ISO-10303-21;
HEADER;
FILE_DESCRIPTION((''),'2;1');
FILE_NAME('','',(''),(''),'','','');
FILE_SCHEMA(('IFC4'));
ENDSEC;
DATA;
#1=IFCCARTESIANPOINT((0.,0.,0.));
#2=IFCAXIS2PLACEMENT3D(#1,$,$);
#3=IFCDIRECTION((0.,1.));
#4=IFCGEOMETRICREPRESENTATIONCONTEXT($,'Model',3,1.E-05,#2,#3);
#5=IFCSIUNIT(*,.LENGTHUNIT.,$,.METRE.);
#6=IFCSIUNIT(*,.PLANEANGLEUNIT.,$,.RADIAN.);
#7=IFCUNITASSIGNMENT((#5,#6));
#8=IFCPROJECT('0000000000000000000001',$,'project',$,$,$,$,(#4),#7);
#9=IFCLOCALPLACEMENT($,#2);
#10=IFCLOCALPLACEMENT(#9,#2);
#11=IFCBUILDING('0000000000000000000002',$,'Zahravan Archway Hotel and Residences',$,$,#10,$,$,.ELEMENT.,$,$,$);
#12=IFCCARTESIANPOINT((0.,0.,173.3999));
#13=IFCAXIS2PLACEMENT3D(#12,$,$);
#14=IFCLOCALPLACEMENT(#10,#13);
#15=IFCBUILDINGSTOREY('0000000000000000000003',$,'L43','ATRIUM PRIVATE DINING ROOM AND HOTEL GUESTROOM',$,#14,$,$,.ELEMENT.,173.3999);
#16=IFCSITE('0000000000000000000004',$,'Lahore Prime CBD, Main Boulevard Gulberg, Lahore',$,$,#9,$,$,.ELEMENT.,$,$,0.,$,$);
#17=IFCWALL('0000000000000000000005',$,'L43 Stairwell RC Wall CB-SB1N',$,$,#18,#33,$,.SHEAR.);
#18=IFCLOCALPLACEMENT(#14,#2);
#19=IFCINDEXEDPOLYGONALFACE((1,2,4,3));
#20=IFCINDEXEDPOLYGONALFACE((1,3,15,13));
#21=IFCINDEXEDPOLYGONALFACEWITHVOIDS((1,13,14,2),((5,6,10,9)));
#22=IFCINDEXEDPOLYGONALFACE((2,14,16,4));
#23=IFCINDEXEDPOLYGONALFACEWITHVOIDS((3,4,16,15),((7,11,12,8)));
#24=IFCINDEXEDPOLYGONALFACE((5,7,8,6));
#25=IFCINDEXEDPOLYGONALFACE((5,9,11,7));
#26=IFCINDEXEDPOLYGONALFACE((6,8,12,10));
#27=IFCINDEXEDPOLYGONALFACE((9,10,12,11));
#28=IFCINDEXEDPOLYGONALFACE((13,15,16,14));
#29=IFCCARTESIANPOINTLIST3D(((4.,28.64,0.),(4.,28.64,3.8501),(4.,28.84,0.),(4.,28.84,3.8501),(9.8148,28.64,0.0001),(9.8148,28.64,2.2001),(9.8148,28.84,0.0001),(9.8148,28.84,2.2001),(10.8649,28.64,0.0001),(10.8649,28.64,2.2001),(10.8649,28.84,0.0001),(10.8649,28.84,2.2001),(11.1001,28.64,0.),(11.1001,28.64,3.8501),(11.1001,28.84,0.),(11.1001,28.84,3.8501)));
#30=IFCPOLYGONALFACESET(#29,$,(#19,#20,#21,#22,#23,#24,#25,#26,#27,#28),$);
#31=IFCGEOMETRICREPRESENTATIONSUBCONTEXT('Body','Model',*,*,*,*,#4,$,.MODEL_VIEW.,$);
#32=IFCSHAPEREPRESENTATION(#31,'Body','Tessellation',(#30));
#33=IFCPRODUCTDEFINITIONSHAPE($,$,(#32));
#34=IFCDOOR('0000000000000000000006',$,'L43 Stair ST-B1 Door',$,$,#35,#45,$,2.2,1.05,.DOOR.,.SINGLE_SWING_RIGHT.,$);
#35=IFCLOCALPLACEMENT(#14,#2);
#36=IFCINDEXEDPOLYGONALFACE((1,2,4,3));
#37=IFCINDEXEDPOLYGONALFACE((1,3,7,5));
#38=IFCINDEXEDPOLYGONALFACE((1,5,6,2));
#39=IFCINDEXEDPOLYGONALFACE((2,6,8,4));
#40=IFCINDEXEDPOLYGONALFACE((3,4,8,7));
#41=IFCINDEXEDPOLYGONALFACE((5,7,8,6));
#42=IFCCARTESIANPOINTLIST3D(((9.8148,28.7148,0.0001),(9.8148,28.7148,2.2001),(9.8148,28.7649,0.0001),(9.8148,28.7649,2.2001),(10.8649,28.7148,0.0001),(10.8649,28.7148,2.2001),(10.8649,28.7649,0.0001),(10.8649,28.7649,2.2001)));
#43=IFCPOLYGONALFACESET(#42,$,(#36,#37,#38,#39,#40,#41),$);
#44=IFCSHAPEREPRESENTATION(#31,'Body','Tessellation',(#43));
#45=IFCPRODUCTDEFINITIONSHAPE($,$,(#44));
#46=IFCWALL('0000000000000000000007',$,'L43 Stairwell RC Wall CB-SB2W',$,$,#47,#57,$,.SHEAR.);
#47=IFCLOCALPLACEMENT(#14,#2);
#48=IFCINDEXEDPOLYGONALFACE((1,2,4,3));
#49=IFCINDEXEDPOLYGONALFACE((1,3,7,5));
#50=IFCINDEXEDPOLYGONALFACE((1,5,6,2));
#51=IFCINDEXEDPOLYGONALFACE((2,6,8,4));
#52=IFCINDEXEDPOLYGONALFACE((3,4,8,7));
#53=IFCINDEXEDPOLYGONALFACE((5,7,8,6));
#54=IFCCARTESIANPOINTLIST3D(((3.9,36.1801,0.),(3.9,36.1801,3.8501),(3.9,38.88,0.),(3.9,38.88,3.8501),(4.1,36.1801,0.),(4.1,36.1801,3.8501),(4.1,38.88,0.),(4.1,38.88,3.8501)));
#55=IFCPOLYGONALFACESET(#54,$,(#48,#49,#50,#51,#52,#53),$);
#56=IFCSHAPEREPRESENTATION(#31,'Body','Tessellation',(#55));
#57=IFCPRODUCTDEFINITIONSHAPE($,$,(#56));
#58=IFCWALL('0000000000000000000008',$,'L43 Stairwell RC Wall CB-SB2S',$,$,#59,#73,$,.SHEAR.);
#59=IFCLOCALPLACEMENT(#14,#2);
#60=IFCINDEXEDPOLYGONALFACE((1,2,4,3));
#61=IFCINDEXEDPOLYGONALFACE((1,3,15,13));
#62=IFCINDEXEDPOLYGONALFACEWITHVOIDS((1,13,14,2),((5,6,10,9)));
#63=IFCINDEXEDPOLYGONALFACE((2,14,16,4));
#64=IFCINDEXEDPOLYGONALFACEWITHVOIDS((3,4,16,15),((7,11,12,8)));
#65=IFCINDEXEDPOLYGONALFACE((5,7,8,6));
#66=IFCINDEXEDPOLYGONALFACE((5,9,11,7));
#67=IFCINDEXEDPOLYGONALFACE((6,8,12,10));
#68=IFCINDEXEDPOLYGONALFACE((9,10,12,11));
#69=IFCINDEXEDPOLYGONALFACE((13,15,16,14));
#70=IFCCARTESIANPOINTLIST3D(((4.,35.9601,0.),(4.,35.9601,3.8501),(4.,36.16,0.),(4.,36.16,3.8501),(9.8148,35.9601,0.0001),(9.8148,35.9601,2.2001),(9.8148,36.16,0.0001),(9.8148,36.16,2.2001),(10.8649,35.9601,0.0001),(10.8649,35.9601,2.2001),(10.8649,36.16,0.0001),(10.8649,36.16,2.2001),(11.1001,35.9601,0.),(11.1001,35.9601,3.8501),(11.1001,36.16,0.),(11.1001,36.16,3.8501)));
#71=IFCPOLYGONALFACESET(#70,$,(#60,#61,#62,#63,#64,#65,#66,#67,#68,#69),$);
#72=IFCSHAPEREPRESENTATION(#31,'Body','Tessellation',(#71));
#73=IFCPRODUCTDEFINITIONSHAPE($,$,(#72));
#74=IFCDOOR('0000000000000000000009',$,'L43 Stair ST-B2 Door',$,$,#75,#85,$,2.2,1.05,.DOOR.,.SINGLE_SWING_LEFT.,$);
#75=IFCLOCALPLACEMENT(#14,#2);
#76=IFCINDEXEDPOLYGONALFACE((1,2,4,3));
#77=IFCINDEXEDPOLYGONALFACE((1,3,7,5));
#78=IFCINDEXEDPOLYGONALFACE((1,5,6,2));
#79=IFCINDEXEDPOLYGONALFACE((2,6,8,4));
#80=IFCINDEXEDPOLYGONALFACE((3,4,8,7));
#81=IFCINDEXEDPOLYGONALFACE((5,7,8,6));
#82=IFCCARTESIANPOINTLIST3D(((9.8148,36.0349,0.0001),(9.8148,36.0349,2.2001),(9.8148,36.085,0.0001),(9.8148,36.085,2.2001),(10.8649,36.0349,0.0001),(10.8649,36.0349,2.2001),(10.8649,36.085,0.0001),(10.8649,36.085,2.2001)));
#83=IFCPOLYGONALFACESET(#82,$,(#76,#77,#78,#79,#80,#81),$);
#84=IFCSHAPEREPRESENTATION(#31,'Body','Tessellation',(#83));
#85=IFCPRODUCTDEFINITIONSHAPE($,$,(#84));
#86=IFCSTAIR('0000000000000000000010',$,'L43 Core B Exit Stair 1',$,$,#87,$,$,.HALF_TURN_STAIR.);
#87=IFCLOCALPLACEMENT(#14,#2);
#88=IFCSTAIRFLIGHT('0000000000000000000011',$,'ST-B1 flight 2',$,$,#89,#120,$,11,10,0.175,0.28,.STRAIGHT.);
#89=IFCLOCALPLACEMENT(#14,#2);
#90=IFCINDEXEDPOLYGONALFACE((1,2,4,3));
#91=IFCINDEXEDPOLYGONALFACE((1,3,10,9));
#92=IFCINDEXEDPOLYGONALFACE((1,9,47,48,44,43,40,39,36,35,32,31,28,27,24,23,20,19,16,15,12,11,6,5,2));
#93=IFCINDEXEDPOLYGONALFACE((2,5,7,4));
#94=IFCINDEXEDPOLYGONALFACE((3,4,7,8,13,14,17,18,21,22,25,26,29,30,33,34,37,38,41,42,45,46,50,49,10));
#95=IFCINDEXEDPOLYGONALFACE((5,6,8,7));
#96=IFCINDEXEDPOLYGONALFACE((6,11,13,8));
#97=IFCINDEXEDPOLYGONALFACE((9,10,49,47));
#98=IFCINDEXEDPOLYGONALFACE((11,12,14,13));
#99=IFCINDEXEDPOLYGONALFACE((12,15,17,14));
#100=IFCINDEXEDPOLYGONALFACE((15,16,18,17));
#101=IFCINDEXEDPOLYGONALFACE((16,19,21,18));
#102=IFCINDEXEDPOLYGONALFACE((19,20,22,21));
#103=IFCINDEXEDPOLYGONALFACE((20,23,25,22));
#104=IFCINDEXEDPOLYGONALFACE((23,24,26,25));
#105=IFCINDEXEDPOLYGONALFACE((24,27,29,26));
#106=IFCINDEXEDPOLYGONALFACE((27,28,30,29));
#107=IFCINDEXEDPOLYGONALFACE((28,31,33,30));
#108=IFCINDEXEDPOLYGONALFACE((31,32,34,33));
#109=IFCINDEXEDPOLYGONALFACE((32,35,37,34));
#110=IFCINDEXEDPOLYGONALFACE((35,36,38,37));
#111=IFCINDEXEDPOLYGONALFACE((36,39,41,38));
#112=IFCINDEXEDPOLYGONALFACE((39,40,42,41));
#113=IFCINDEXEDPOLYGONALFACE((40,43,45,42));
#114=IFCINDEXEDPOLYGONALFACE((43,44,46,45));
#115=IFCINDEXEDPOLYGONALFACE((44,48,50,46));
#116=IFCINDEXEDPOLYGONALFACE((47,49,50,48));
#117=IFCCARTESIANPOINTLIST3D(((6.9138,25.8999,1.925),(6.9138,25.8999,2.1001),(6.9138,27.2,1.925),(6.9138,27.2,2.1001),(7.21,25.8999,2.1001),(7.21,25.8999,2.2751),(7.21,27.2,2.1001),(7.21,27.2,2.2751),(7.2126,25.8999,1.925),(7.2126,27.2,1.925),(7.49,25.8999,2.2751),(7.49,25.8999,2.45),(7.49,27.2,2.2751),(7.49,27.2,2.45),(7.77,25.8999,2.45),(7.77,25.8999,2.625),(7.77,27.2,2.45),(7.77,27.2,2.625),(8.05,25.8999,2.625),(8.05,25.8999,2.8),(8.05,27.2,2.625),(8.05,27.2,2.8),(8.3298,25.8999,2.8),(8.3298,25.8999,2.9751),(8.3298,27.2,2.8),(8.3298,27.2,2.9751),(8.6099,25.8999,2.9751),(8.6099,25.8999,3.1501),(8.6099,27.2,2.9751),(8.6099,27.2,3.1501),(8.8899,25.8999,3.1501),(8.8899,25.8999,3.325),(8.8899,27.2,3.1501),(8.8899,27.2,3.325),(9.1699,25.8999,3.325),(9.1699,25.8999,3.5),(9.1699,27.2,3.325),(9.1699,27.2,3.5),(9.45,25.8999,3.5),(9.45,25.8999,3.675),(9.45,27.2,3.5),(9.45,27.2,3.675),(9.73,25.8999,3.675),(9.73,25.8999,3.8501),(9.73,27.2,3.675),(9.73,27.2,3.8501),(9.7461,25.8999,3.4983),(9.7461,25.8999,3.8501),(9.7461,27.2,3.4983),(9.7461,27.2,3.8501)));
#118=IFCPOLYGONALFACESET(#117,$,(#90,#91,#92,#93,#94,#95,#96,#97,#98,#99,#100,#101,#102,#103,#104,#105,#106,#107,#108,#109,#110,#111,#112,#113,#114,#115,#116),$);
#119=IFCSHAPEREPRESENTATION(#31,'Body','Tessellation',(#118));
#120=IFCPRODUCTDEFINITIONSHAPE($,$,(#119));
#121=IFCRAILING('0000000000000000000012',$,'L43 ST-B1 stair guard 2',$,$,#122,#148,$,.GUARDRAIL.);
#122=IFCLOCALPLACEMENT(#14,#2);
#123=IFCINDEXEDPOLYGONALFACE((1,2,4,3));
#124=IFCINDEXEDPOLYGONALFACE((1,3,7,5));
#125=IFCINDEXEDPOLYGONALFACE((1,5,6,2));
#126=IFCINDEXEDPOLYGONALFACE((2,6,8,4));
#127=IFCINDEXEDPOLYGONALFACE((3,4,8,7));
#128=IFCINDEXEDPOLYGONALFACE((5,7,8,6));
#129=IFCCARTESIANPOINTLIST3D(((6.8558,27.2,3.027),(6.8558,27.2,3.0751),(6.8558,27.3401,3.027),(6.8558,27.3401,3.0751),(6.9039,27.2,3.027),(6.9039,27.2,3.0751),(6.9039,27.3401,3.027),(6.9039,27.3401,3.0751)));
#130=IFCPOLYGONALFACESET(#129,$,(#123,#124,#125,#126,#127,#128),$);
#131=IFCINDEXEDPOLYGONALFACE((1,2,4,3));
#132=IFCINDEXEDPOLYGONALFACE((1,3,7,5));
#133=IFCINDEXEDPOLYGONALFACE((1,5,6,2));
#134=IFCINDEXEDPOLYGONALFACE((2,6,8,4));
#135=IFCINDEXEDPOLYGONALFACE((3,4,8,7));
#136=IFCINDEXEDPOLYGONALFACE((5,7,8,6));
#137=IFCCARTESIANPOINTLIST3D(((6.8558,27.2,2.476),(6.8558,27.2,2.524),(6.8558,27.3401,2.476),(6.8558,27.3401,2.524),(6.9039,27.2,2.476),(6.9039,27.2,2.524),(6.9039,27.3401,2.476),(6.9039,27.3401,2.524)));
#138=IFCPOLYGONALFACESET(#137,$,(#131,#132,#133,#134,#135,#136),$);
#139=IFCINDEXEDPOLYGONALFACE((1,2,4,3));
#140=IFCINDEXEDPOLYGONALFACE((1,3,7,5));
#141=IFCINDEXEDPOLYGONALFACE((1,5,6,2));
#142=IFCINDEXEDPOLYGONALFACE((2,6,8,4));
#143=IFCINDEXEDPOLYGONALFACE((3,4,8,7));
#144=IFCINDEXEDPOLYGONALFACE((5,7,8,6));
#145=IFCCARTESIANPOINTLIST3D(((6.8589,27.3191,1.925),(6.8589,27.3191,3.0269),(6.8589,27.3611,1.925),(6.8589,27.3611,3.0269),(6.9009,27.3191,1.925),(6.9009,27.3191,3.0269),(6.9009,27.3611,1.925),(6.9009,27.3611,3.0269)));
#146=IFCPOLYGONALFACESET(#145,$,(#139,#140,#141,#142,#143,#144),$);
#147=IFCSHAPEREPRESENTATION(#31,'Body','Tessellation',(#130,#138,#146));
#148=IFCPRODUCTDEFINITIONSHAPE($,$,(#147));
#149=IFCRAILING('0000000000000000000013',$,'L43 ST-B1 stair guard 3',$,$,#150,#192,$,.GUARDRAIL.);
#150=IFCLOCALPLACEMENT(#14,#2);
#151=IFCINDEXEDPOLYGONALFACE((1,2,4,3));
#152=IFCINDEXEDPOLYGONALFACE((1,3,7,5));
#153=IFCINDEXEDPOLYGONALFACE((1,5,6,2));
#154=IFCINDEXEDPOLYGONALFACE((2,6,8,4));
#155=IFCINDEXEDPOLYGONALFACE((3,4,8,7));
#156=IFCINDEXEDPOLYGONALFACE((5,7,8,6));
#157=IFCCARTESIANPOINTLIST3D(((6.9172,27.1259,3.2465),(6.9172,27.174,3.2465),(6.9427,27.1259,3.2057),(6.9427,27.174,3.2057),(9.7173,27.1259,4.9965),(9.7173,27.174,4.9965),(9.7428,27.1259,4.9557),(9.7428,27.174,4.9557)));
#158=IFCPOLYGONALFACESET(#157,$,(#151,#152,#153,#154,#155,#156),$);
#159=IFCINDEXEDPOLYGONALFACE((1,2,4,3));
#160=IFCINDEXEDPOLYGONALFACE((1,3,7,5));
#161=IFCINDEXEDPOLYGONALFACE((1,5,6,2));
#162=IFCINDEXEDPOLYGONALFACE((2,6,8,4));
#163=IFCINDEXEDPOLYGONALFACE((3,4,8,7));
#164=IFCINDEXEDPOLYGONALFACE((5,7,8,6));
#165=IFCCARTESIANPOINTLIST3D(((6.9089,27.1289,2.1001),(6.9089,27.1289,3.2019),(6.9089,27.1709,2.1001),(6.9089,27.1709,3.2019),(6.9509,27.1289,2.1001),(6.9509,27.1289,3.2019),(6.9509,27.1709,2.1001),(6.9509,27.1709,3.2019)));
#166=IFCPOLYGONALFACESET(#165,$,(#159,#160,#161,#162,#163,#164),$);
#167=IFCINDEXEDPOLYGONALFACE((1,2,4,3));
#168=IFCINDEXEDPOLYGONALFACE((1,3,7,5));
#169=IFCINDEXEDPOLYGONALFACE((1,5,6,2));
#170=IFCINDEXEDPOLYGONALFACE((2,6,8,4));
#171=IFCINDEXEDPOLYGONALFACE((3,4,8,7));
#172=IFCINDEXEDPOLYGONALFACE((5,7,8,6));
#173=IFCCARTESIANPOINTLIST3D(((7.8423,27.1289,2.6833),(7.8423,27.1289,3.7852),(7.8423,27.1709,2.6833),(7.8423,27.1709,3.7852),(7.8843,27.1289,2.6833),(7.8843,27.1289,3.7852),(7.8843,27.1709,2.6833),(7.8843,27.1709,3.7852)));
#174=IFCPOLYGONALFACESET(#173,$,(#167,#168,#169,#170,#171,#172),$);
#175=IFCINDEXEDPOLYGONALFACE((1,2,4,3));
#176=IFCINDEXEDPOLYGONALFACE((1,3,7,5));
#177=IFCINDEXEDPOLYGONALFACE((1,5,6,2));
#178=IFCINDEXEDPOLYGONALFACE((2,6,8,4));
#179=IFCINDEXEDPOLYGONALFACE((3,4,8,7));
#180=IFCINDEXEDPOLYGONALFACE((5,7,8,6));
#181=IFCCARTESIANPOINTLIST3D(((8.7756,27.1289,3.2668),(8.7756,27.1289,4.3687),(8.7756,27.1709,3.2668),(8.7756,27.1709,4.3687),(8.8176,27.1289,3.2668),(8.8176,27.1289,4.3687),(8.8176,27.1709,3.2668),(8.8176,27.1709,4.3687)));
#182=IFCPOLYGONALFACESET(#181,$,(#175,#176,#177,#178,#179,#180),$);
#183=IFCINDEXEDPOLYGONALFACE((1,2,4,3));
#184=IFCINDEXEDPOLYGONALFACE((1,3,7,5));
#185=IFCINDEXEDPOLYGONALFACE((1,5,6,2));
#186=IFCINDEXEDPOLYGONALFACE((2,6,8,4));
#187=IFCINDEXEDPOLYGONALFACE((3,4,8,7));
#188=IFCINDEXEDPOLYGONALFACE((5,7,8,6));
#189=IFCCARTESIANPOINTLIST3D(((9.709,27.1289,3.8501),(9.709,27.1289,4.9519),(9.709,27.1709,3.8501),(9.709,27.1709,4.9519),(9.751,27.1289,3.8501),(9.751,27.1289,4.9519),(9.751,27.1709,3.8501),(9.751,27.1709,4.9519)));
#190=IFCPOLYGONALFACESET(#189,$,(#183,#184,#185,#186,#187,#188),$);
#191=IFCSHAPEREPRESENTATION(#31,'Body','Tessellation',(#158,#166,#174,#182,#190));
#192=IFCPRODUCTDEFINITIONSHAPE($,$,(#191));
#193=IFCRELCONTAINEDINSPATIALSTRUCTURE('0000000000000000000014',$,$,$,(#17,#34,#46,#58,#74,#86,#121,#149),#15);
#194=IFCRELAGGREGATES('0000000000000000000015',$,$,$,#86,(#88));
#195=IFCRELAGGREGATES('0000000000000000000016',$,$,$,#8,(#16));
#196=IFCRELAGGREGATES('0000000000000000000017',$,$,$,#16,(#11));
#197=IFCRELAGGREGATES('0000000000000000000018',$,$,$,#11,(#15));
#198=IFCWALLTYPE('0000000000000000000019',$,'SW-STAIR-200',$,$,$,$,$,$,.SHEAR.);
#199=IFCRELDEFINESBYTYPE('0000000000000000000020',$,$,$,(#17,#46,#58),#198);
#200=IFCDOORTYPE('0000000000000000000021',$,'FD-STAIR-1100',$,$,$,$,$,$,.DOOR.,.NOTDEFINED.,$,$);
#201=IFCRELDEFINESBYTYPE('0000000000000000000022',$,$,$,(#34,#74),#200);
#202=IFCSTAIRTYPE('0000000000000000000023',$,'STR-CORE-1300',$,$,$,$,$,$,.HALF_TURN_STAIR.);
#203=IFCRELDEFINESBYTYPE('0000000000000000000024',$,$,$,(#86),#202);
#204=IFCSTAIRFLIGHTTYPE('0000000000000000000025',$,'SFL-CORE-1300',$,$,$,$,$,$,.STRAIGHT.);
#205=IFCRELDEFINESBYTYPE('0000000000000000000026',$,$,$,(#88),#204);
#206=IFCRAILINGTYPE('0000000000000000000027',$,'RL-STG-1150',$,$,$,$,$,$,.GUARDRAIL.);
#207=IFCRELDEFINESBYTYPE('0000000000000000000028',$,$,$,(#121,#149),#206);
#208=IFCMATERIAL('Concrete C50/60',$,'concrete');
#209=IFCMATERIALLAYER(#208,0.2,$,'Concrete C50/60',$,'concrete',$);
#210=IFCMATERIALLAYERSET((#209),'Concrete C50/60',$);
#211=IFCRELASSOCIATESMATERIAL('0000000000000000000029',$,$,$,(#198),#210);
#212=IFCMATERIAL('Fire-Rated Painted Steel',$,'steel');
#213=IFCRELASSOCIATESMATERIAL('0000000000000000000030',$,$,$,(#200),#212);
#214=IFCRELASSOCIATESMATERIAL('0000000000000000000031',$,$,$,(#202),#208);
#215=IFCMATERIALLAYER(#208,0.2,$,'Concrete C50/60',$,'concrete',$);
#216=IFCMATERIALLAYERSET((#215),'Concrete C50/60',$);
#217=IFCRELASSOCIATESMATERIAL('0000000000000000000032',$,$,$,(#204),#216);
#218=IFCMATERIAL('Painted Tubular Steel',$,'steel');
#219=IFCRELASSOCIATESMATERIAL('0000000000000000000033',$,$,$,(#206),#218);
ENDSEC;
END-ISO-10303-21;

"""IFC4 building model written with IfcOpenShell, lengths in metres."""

from ifc_helpers import new_model, si_unit, direction, frame, frame_2d, origin, origin_2d, place, context, subcontext, project, spatial, polyline, rectangle, outline, extrude, source, transform, mapped, material, layer, layer_set, type_object, type_shapes, element, fill, aggregate, save


model = new_model("IFC4")

# Units and contexts
model_context = context("Model", 3, precision=1e-05, world=origin(), true_north=direction((0.0, 1.0)))
body_context = subcontext(model_context, "Body", "Model", "MODEL_VIEW")
ifc_project = project(units=[si_unit("LENGTHUNIT", "METRE"), si_unit("PLANEANGLEUNIT", "RADIAN")], contexts=[model_context])

# Site, building, storey
site_placement = place(None, origin())
site = spatial("IfcSite", under=ifc_project, at=site_placement, Name="Lahore Prime CBD, Main Boulevard Gulberg, Lahore", CompositionType="ELEMENT", RefElevation=0.0)
building_placement = place(site_placement, origin())
building = spatial("IfcBuilding", under=site, at=building_placement, Name="Zahravan Archway Hotel and Residences", CompositionType="ELEMENT")
storey_placement = place(building_placement, frame((0.0, 0.0, 173.3999)))
storey = spatial("IfcBuildingStorey", under=building, at=storey_placement, Name="L43", Description="ATRIUM PRIVATE DINING ROOM AND HOTEL GUESTROOM", CompositionType="ELEMENT", Elevation=173.3999)

# Shared definitions
ifc_material_1 = material(Name="Fire-Rated Painted Steel", Category="steel")

# Shared definitions
ifc_material_2 = material(Name="Concrete C50/60", Category="concrete")
ifc_layer_1 = layer(ifc_material_2, 0.2, Name="Concrete C50/60", Category="concrete")
ifc_layer_set_1 = layer_set([ifc_layer_1], Name="Concrete C50/60")
wall_type_1 = type_object("IfcWallType", Name="SW-STAIR-200", PredefinedType="SHEAR", material=ifc_layer_set_1)

# Wall, opening, door
wall_1_placement = place(storey_placement, frame((4.0, 28.74, 0.0), z_axis=(0.0, 0.0, 1.0), x_axis=(1.0, 0.0, 0.0)))
wall_1 = element("IfcWall", 1, at=wall_1_placement, inside=storey, type_object=wall_type_1, Name="L43 Stairwell RC Wall CB-SB1N", PredefinedType="SHEAR", context=body_context, shape_type="SweptSolid", body=[
    extrude(rectangle(XDim=7.1001, YDim=0.2, at=frame_2d((3.55, 0.0))), origin(), (0.0, 0.0, 1.0), 3.8501),
])
opening_1_placement = place(wall_1_placement, frame((5.8149, 0.0, 0.0)))
opening_1 = element("IfcOpeningElement", 2, at=opening_1_placement, cuts=wall_1, PredefinedType="OPENING", context=body_context, shape_type="SweptSolid", body=[
    extrude(rectangle(XDim=1.05, YDim=2.2, at=frame_2d((0.5249, 1.1001))), frame((0.0, 0.1099, 0.0), z_axis=(0.0, -1.0, 0.0), x_axis=(1.0, 0.0, 0.0)), (0.0, 0.0, 1.0), 0.22),
])
door_type_1 = type_object("IfcDoorType", Name="FD-STAIR-1100", OperationType="NOTDEFINED", PredefinedType="DOOR", material=ifc_material_1)
shared_shape_1 = source(origin(), body_context, "Body", "SweptSolid", [
    extrude(rectangle(XDim=1.05, YDim=2.2, at=frame_2d((0.5249, 1.1001))), frame((0.0, 0.0249, 0.0), z_axis=(0.0, -1.0, 0.0), x_axis=(1.0, 0.0, 0.0)), (0.0, 0.0, 1.0), 0.05),
])
type_shapes(door_type_1, [shared_shape_1])
door_1_placement = place(opening_1_placement, origin())
door_1 = element("IfcDoor", 3, at=door_1_placement, inside=storey, type_object=door_type_1, Name="L43 Stair ST-B1 Door", OperationType="SINGLE_SWING_RIGHT", OverallHeight=2.2, OverallWidth=1.05, PredefinedType="DOOR", context=body_context, shape_type="MappedRepresentation", body=[
    mapped(shared_shape_1, transform((0.0, 0.0, 0.0), scale=1.0)),
])
fill(opening_1, door_1)

# Wall
wall_2_placement = place(storey_placement, frame((4.0, 36.1799, 0.0), z_axis=(0.0, 0.0, 1.0), x_axis=(0.0, 1.0, 0.0)))
element("IfcWall", 4, at=wall_2_placement, inside=storey, type_object=wall_type_1, Name="L43 Stairwell RC Wall CB-SB2W", PredefinedType="SHEAR", context=body_context, shape_type="SweptSolid", body=[
    extrude(rectangle(XDim=2.7, YDim=0.2, at=frame_2d((1.3501, 0.0))), origin(), (0.0, 0.0, 1.0), 3.8501),
])

# Wall, opening, door
wall_3_placement = place(storey_placement, frame((4.0, 36.0601, 0.0), z_axis=(0.0, 0.0, 1.0), x_axis=(1.0, 0.0, 0.0)))
wall_3 = element("IfcWall", 5, at=wall_3_placement, inside=storey, type_object=wall_type_1, Name="L43 Stairwell RC Wall CB-SB2S", PredefinedType="SHEAR", context=body_context, shape_type="SweptSolid", body=[
    extrude(rectangle(XDim=7.1001, YDim=0.2, at=frame_2d((3.55, 0.0))), origin(), (0.0, 0.0, 1.0), 3.8501),
])
opening_2_placement = place(wall_3_placement, frame((5.8149, 0.0, 0.0)))
opening_2 = element("IfcOpeningElement", 6, at=opening_2_placement, cuts=wall_3, PredefinedType="OPENING", context=body_context, shape_type="SweptSolid", body=[
    extrude(rectangle(XDim=1.05, YDim=2.2, at=frame_2d((0.5249, 1.1001))), frame((0.0, 0.1099, 0.0), z_axis=(0.0, -1.0, 0.0), x_axis=(1.0, 0.0, 0.0)), (0.0, 0.0, 1.0), 0.22),
])
door_2_placement = place(opening_2_placement, origin())
door_2 = element("IfcDoor", 7, at=door_2_placement, inside=storey, type_object=door_type_1, Name="L43 Stair ST-B2 Door", OperationType="SINGLE_SWING_LEFT", OverallHeight=2.2, OverallWidth=1.05, PredefinedType="DOOR", context=body_context, shape_type="MappedRepresentation", body=[
    mapped(shared_shape_1, transform((0.0, 0.0, 0.0), scale=1.0)),
])
fill(opening_2, door_2)

# Stair, stair flight
stair_type = type_object("IfcStairType", Name="STR-CORE-1300", PredefinedType="HALF_TURN_STAIR", material=ifc_material_2)
stair_placement = place(storey_placement, origin())
stair = element("IfcStair", 8, at=stair_placement, inside=storey, type_object=stair_type, Name="L43 Core B Exit Stair 1", PredefinedType="HALF_TURN_STAIR")
ifc_layer_2 = layer(ifc_material_2, 0.2, Name="Concrete C50/60", Category="concrete")
ifc_layer_set_2 = layer_set([ifc_layer_2], Name="Concrete C50/60")
stair_flight_type = type_object("IfcStairFlightType", Name="SFL-CORE-1300", PredefinedType="STRAIGHT", material=ifc_layer_set_2)
shared_shape_2 = source(origin(), body_context, "Body", "SweptSolid", [
    extrude(outline(polyline([(-0.0161, 0.0), (-0.0161, 0.175), (0.28, 0.175), (0.28, 0.3501), (0.5601, 0.3501), (0.5601, 0.5249), (0.8401, 0.5249), (0.8401, 0.7), (1.1201, 0.7), (1.1201, 0.875), (1.3999, 0.875), (1.3999, 1.05), (1.6799, 1.05), (1.6799, 1.2251), (1.96, 1.2251), (1.96, 1.3999), (2.24, 1.3999), (2.24, 1.575), (2.52, 1.575), (2.52, 1.75), (2.8, 1.75), (2.8, 1.925), (2.8162, 1.925), (2.8162, 1.5732), (0.2827, 0.0), (-0.0161, 0.0)])), frame((0.0, 0.6499, 0.0), z_axis=(0.0, -1.0, 0.0), x_axis=(1.0, 0.0, 0.0)), (0.0, 0.0, 1.0), 1.3),
])
stair_flight_placement = place(storey_placement, frame((6.9299, 26.55, 1.925), z_axis=(0.0, 0.0, 1.0), x_axis=(1.0, 0.0, 0.0)))
stair_flight = element("IfcStairFlight", 9, at=stair_flight_placement, type_object=stair_flight_type, Name="ST-B1 flight 2", NumberOfRisers=11, NumberOfTreads=10, PredefinedType="STRAIGHT", RiserHeight=0.175, TreadLength=0.28, context=body_context, shape_type="MappedRepresentation", body=[
    mapped(shared_shape_2, transform((0.0, 0.0, 0.0), scale=1.0)),
])
aggregate(stair, [stair_flight])

# Railings
ifc_material_3 = material(Name="Painted Tubular Steel", Category="steel")
railing_type_1 = type_object("IfcRailingType", Name="RL-STG-1150", PredefinedType="GUARDRAIL", material=ifc_material_3)
railing_1_placement = place(storey_placement, frame((6.8799, 27.3401, 1.925)))
element("IfcRailing", 10, at=railing_1_placement, inside=storey, type_object=railing_type_1, Name="L43 ST-B1 stair guard 2", PredefinedType="GUARDRAIL", context=body_context, shape_type="SweptSolid", body=[
    extrude(rectangle(XDim=0.0481, YDim=0.0481, at=origin_2d()), frame((0.0, 0.0, 1.126), z_axis=(0.0, -1.0, 0.0), x_axis=(1.0, 0.0, 0.0)), (0.0, 0.0, 1.0), 0.1401),
    extrude(rectangle(XDim=0.0481, YDim=0.0481, at=origin_2d()), frame((0.0, 0.0, 0.575), z_axis=(0.0, -1.0, 0.0), x_axis=(1.0, 0.0, 0.0)), (0.0, 0.0, 1.0), 0.1401),
    extrude(rectangle(XDim=0.042, YDim=0.042, at=origin_2d()), origin(), (0.0, 0.0, 1.0), 1.1018),
])
railing_2_placement = place(storey_placement, frame((6.9299, 27.1499, 2.1001)))
element("IfcRailing", 11, at=railing_2_placement, inside=storey, type_object=railing_type_1, Name="L43 ST-B1 stair guard 3", PredefinedType="GUARDRAIL", context=body_context, shape_type="SweptSolid", body=[
    extrude(rectangle(XDim=0.0481, YDim=0.0481, at=origin_2d()), frame((0.0, 0.0, 1.126), z_axis=(0.848002, 0.0, 0.529992), x_axis=(0.0, 1.0, 0.0)), (0.0, 0.0, 1.0), 3.302),
    extrude(rectangle(XDim=0.042, YDim=0.042, at=origin_2d()), origin(), (0.0, 0.0, 1.0), 1.1018),
    extrude(rectangle(XDim=0.042, YDim=0.042, at=origin_2d()), frame((0.9333, 0.0, 0.5833)), (0.0, 0.0, 1.0), 1.1018),
    extrude(rectangle(XDim=0.042, YDim=0.042, at=origin_2d()), frame((1.8667, 0.0, 1.1667)), (0.0, 0.0, 1.0), 1.1018),
    extrude(rectangle(XDim=0.042, YDim=0.042, at=origin_2d()), frame((2.8, 0.0, 1.75)), (0.0, 0.0, 1.0), 1.1018),
])

save(model, "model.ifc")
